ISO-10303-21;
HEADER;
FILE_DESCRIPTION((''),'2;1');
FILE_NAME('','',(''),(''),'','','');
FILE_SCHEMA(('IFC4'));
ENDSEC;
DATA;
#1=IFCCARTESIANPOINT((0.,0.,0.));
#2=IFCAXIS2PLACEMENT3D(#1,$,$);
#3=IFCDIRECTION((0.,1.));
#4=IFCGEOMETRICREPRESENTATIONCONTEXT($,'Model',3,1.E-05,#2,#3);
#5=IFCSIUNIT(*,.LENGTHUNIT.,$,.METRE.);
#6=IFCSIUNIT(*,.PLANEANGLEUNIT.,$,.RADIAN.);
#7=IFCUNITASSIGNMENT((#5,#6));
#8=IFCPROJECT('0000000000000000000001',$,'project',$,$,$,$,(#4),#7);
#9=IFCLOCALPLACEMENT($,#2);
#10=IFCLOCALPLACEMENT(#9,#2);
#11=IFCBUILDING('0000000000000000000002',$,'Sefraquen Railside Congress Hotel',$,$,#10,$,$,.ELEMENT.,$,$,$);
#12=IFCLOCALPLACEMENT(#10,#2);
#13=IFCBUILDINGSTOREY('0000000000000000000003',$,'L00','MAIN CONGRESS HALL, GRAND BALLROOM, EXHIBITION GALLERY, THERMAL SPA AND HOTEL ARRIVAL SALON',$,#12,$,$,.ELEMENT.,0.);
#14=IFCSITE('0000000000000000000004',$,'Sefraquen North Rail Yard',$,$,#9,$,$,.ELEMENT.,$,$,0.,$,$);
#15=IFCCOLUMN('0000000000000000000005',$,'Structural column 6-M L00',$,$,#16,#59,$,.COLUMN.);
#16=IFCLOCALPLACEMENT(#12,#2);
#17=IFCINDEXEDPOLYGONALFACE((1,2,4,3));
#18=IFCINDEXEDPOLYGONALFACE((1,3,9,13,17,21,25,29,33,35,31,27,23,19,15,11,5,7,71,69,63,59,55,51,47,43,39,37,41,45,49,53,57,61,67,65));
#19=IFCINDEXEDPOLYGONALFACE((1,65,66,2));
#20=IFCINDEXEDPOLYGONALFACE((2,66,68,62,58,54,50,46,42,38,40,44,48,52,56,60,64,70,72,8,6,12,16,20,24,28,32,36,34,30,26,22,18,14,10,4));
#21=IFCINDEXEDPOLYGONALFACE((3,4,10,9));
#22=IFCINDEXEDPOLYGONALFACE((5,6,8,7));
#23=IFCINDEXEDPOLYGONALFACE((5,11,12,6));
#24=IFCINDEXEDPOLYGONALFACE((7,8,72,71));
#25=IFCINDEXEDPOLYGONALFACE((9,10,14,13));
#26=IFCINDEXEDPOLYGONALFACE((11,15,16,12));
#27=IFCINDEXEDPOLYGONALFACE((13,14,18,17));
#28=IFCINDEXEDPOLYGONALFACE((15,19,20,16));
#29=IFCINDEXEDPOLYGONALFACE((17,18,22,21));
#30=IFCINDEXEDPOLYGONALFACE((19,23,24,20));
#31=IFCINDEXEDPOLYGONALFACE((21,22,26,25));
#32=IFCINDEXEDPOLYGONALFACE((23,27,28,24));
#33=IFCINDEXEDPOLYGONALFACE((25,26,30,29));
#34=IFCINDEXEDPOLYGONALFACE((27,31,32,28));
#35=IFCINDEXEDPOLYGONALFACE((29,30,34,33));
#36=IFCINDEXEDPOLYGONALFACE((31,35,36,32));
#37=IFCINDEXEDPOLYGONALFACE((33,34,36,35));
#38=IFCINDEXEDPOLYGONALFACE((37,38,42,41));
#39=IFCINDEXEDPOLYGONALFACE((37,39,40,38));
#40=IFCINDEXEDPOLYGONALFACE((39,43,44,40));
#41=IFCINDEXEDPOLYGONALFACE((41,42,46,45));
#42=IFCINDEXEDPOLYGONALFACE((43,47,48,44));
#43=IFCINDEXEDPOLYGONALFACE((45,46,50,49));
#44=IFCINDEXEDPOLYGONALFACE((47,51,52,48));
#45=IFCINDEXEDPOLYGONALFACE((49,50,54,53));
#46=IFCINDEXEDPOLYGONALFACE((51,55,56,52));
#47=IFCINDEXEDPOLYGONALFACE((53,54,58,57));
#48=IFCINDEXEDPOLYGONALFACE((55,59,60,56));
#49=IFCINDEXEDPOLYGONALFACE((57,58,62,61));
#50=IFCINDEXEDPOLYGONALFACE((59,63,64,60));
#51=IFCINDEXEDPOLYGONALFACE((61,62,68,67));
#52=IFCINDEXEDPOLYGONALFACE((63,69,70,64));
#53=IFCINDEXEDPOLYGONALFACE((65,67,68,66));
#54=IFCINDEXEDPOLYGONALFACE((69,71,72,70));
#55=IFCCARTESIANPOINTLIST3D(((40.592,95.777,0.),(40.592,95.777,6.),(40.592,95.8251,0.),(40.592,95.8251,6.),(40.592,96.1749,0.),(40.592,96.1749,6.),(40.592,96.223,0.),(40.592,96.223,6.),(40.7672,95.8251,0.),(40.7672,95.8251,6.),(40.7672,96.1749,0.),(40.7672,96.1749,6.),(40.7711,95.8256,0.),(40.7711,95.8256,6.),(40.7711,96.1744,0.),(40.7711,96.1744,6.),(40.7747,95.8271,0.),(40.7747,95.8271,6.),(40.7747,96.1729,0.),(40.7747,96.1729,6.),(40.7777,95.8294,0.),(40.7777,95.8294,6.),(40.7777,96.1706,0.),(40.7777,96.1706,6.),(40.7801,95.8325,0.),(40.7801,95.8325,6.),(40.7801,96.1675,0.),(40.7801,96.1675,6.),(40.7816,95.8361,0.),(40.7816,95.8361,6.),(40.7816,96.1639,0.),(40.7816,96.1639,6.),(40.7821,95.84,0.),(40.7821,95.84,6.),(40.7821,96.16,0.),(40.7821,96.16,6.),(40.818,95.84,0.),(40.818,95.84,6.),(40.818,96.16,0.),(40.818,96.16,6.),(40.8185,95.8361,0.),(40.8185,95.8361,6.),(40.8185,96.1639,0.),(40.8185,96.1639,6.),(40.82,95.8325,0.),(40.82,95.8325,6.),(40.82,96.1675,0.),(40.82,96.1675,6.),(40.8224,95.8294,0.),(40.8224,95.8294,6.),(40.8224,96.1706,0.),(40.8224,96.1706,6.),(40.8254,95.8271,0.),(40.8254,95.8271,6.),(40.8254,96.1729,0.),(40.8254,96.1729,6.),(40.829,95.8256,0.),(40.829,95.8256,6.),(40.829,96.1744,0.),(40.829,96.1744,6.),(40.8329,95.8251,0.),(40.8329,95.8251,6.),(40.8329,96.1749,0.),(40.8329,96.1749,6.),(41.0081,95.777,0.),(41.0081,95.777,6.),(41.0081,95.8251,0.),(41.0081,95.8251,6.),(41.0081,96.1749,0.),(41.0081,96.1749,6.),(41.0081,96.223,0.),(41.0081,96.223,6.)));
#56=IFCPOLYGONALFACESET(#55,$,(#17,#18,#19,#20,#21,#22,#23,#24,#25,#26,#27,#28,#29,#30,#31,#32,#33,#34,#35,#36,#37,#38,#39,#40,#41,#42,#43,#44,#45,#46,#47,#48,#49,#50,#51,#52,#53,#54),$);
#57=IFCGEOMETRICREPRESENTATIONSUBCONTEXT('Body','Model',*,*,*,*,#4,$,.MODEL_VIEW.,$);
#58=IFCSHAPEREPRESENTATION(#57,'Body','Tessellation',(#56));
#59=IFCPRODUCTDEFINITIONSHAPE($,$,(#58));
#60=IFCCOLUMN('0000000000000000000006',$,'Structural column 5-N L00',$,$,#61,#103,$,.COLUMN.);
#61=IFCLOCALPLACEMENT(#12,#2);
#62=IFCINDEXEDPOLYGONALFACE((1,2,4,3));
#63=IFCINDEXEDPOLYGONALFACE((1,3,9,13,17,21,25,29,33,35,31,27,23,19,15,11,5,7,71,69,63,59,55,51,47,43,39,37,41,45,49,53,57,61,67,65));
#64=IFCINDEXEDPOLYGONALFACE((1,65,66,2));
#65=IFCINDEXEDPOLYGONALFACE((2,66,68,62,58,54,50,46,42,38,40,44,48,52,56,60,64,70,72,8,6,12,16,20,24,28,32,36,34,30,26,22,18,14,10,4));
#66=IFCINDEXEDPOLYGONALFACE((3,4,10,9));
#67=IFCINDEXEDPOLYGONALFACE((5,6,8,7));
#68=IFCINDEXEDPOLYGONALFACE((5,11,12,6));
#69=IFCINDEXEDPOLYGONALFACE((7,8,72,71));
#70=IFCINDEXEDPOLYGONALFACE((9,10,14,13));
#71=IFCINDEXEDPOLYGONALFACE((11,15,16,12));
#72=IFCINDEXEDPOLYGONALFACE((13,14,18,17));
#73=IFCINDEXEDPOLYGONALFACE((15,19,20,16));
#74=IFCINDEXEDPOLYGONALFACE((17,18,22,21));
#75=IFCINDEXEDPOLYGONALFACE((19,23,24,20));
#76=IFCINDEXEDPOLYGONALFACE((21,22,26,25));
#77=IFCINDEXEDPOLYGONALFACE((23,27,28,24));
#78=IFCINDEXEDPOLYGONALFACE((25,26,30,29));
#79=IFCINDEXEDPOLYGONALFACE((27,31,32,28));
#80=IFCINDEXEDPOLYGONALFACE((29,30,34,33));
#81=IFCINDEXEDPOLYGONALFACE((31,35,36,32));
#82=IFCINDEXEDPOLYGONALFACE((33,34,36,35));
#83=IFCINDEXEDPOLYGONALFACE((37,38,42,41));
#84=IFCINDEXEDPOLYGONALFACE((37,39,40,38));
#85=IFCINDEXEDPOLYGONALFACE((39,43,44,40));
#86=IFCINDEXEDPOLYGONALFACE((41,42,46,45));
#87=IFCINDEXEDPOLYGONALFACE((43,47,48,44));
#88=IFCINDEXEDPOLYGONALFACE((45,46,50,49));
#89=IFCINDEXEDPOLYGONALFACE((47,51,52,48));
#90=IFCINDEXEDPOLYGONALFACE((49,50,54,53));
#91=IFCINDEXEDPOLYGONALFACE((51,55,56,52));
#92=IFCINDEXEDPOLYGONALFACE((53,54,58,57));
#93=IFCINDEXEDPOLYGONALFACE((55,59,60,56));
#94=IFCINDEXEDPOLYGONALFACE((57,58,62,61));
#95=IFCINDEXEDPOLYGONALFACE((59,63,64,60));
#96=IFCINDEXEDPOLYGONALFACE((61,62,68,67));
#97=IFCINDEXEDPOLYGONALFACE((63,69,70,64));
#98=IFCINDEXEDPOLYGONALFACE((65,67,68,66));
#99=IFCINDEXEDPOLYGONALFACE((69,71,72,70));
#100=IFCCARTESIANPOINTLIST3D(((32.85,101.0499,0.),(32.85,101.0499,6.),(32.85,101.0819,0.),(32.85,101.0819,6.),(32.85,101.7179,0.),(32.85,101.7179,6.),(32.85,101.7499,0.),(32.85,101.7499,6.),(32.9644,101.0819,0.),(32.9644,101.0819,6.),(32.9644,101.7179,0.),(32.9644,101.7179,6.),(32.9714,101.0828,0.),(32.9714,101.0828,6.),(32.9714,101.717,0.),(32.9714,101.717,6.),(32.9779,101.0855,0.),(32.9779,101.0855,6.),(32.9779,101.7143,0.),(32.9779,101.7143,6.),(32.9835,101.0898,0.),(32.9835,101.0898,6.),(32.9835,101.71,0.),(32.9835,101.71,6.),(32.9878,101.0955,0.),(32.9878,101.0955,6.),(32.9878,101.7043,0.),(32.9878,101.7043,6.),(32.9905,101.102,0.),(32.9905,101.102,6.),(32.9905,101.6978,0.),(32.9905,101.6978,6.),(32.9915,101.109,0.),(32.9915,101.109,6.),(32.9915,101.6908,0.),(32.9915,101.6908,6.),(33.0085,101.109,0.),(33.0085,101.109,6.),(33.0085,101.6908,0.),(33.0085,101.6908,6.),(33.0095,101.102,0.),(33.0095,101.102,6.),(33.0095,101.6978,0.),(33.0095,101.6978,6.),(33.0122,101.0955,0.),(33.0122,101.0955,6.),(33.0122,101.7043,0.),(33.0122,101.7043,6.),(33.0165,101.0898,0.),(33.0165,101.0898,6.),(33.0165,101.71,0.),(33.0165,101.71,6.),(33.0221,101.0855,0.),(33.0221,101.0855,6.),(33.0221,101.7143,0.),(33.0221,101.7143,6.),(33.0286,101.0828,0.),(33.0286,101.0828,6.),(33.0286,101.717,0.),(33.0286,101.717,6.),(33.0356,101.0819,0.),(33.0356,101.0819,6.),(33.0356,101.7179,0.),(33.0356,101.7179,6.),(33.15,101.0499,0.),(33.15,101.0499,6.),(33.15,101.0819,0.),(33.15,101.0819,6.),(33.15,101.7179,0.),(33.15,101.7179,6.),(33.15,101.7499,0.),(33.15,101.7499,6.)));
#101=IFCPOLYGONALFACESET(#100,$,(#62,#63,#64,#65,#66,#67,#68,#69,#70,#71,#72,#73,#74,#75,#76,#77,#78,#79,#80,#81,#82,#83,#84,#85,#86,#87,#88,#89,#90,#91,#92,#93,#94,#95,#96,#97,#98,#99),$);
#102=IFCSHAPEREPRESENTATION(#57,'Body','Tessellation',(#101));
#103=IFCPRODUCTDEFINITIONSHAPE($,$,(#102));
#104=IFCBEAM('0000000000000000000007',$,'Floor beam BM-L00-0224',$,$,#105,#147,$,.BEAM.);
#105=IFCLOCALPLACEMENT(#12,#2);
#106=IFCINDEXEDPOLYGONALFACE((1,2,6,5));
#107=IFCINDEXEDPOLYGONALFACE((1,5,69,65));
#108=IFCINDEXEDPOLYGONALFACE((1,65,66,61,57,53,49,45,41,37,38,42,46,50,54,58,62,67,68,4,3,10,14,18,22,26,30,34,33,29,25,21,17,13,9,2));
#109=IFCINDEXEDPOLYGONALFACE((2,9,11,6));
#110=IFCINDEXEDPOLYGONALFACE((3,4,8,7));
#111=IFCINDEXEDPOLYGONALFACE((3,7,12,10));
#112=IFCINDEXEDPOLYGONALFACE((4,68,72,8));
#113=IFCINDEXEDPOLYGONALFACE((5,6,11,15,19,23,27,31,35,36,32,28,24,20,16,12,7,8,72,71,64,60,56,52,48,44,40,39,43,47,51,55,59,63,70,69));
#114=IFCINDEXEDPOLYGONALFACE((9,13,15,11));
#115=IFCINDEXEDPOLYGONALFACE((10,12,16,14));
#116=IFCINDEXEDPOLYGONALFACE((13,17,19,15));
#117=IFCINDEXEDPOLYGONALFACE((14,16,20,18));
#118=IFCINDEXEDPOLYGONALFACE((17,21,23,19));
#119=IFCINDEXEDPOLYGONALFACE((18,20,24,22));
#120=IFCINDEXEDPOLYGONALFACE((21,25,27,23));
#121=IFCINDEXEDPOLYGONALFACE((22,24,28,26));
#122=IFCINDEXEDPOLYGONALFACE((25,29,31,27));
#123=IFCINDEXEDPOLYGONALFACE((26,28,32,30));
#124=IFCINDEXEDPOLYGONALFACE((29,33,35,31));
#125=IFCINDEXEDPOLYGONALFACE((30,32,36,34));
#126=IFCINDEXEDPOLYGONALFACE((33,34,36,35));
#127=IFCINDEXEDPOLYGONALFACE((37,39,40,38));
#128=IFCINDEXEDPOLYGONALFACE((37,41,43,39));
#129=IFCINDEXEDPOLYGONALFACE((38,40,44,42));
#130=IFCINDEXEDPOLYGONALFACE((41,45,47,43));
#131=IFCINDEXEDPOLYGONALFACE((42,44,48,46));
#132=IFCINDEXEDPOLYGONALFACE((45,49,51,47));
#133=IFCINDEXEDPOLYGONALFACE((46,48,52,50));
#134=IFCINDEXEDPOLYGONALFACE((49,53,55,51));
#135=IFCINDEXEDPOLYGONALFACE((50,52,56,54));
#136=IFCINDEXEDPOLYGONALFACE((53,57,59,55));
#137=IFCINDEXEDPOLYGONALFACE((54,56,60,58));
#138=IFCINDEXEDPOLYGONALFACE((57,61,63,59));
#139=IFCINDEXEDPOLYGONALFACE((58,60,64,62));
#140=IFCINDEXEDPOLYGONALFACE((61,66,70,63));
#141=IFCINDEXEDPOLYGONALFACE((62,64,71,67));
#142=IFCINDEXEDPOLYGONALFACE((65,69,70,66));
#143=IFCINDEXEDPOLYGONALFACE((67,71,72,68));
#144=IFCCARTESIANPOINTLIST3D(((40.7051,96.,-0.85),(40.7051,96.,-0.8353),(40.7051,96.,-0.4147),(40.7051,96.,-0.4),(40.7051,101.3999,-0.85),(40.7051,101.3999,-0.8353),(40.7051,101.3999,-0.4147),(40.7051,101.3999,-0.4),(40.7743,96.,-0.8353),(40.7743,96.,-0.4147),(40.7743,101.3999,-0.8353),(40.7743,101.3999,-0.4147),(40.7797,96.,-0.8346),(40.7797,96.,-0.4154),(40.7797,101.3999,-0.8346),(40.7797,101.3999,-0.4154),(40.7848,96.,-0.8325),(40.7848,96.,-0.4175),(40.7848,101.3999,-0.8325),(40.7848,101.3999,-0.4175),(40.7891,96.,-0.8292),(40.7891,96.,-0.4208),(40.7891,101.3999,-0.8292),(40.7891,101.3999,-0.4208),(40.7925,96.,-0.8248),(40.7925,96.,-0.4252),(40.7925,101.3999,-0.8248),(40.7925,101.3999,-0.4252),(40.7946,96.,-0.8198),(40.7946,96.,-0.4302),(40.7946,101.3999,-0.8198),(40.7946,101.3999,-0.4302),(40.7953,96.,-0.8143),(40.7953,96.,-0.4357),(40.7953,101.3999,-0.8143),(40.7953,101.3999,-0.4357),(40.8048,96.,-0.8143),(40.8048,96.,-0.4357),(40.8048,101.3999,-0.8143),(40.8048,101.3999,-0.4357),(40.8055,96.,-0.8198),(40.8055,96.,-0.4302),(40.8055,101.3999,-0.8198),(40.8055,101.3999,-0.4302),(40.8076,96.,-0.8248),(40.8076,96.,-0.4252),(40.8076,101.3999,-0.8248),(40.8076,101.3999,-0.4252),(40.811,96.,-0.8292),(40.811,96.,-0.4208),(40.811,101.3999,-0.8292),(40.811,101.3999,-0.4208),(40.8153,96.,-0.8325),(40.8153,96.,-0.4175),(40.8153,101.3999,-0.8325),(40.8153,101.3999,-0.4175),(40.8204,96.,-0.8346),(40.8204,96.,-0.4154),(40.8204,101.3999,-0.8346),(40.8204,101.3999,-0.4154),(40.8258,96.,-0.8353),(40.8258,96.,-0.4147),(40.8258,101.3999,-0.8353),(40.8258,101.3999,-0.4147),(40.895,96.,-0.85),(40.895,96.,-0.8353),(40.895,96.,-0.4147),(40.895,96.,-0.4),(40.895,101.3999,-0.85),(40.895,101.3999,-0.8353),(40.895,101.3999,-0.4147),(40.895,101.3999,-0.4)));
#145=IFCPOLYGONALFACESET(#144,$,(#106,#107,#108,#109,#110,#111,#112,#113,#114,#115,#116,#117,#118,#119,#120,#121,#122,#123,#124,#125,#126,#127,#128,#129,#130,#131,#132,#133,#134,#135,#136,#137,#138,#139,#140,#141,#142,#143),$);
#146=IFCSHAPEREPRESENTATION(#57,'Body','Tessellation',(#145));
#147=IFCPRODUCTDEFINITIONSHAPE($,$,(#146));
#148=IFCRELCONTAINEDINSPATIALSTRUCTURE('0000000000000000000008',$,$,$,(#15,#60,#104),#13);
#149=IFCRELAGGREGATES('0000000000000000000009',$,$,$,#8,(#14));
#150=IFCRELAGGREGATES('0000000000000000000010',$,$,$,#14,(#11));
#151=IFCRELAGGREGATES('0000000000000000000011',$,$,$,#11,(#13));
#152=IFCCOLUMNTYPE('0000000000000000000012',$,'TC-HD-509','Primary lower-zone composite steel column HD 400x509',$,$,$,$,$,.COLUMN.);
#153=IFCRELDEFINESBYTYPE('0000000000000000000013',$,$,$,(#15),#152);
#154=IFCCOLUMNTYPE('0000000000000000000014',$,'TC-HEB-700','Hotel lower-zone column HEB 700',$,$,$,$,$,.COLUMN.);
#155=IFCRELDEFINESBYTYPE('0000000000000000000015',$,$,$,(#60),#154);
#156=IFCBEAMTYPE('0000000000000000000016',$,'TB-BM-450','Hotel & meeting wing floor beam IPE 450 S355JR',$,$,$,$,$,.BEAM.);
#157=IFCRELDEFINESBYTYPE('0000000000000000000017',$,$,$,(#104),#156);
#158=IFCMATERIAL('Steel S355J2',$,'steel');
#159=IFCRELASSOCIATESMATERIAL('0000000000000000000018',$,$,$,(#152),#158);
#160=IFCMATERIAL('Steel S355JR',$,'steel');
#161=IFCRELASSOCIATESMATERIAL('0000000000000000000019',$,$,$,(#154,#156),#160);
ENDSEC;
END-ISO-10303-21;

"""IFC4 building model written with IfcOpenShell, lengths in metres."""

from ifc_helpers import new_model, si_unit, direction, frame, origin, origin_2d, place, context, subcontext, project, spatial, i_section, extrude, material, material_profile, profile_set, type_object, element, save


model = new_model("IFC4")

# Units and contexts
model_context = context("Model", 3, precision=1e-05, world=origin(), true_north=direction((0.0, 1.0)))
body_context = subcontext(model_context, "Body", "Model", "MODEL_VIEW")
ifc_project = project(units=[si_unit("LENGTHUNIT", "METRE"), si_unit("PLANEANGLEUNIT", "RADIAN")], contexts=[model_context])

# Site, building, storey
site_placement = place(None, origin())
site = spatial("IfcSite", under=ifc_project, at=site_placement, Name="Sefraquen North Rail Yard", CompositionType="ELEMENT", RefElevation=0.0)
building_placement = place(site_placement, origin())
building = spatial("IfcBuilding", under=site, at=building_placement, Name="Sefraquen Railside Congress Hotel", CompositionType="ELEMENT")
storey_placement = place(building_placement, origin())
storey = spatial("IfcBuildingStorey", under=building, at=storey_placement, Name="L00", Description="MAIN CONGRESS HALL, GRAND BALLROOM, EXHIBITION GALLERY, THERMAL SPA AND HOTEL ARRIVAL SALON", CompositionType="ELEMENT", Elevation=0.0)

# Columns
ifc_material_1 = material(Name="Steel S355J2", Category="steel")
ifc_material_profile_1 = material_profile(ifc_material_1, i_section(OverallWidth=0.416, OverallDepth=0.446, WebThickness=0.0359, FlangeThickness=0.0481, FilletRadius=0.0149, at=origin_2d()), Name="HD 400x509")
ifc_profile_set_1 = profile_set([ifc_material_profile_1], Name="Steel S355J2")
column_type_1 = type_object("IfcColumnType", Name="TC-HD-509", Description="Primary lower-zone composite steel column HD 400x509", PredefinedType="COLUMN", material=ifc_profile_set_1)
column_1_placement = place(storey_placement, frame((40.8, 96.0, 0.0), z_axis=(0.0, 0.0, 1.0), x_axis=(1.0, 0.0, 0.0)))
element("IfcColumn", 1, at=column_1_placement, inside=storey, type_object=column_type_1, Name="Structural column 6-M L00", PredefinedType="COLUMN", context=body_context, shape_type="SweptSolid", body=[
    extrude(i_section(OverallWidth=0.416, OverallDepth=0.446, WebThickness=0.0359, FlangeThickness=0.0481, FilletRadius=0.0149, at=origin_2d()), origin(), (0.0, 0.0, 1.0), 6.0),
])
ifc_material_2 = material(Name="Steel S355JR", Category="steel")
ifc_material_profile_2 = material_profile(ifc_material_2, i_section(OverallWidth=0.3, OverallDepth=0.7, WebThickness=0.0171, FlangeThickness=0.032, FilletRadius=0.0271, at=origin_2d()), Name="HEB 700")
ifc_profile_set_2 = profile_set([ifc_material_profile_2], Name="Steel S355JR")
column_type_2 = type_object("IfcColumnType", Name="TC-HEB-700", Description="Hotel lower-zone column HEB 700", PredefinedType="COLUMN", material=ifc_profile_set_2)
column_2_placement = place(storey_placement, frame((33.0, 101.3999, 0.0), z_axis=(0.0, 0.0, 1.0), x_axis=(1.0, 0.0, 0.0)))
element("IfcColumn", 2, at=column_2_placement, inside=storey, type_object=column_type_2, Name="Structural column 5-N L00", PredefinedType="COLUMN", context=body_context, shape_type="SweptSolid", body=[
    extrude(i_section(OverallWidth=0.3, OverallDepth=0.7, WebThickness=0.0171, FlangeThickness=0.032, FilletRadius=0.0271, at=origin_2d()), origin(), (0.0, 0.0, 1.0), 6.0),
])

# Beam
ifc_material_profile_3 = material_profile(ifc_material_2, i_section(OverallWidth=0.1899, OverallDepth=0.45, WebThickness=0.0095, FlangeThickness=0.0146, FilletRadius=0.021, at=origin_2d()), Name="IPE 450")
ifc_profile_set_3 = profile_set([ifc_material_profile_3], Name="Steel S355JR")
beam_type_1 = type_object("IfcBeamType", Name="TB-BM-450", Description="Hotel & meeting wing floor beam IPE 450 S355JR", PredefinedType="BEAM", material=ifc_profile_set_3)
beam_1_placement = place(storey_placement, frame((40.8, 96.0, -0.625), z_axis=(0.0, 1.0, 0.0), x_axis=(-1.0, 0.0, 0.0)))
element("IfcBeam", 3, at=beam_1_placement, inside=storey, type_object=beam_type_1, Name="Floor beam BM-L00-0224", PredefinedType="BEAM", context=body_context, shape_type="SweptSolid", body=[
    extrude(i_section(OverallWidth=0.1899, OverallDepth=0.45, WebThickness=0.0095, FlangeThickness=0.0146, FilletRadius=0.021, at=origin_2d()), origin(), (0.0, 0.0, 1.0), 5.3999),
])

save(model, "model.ifc")
